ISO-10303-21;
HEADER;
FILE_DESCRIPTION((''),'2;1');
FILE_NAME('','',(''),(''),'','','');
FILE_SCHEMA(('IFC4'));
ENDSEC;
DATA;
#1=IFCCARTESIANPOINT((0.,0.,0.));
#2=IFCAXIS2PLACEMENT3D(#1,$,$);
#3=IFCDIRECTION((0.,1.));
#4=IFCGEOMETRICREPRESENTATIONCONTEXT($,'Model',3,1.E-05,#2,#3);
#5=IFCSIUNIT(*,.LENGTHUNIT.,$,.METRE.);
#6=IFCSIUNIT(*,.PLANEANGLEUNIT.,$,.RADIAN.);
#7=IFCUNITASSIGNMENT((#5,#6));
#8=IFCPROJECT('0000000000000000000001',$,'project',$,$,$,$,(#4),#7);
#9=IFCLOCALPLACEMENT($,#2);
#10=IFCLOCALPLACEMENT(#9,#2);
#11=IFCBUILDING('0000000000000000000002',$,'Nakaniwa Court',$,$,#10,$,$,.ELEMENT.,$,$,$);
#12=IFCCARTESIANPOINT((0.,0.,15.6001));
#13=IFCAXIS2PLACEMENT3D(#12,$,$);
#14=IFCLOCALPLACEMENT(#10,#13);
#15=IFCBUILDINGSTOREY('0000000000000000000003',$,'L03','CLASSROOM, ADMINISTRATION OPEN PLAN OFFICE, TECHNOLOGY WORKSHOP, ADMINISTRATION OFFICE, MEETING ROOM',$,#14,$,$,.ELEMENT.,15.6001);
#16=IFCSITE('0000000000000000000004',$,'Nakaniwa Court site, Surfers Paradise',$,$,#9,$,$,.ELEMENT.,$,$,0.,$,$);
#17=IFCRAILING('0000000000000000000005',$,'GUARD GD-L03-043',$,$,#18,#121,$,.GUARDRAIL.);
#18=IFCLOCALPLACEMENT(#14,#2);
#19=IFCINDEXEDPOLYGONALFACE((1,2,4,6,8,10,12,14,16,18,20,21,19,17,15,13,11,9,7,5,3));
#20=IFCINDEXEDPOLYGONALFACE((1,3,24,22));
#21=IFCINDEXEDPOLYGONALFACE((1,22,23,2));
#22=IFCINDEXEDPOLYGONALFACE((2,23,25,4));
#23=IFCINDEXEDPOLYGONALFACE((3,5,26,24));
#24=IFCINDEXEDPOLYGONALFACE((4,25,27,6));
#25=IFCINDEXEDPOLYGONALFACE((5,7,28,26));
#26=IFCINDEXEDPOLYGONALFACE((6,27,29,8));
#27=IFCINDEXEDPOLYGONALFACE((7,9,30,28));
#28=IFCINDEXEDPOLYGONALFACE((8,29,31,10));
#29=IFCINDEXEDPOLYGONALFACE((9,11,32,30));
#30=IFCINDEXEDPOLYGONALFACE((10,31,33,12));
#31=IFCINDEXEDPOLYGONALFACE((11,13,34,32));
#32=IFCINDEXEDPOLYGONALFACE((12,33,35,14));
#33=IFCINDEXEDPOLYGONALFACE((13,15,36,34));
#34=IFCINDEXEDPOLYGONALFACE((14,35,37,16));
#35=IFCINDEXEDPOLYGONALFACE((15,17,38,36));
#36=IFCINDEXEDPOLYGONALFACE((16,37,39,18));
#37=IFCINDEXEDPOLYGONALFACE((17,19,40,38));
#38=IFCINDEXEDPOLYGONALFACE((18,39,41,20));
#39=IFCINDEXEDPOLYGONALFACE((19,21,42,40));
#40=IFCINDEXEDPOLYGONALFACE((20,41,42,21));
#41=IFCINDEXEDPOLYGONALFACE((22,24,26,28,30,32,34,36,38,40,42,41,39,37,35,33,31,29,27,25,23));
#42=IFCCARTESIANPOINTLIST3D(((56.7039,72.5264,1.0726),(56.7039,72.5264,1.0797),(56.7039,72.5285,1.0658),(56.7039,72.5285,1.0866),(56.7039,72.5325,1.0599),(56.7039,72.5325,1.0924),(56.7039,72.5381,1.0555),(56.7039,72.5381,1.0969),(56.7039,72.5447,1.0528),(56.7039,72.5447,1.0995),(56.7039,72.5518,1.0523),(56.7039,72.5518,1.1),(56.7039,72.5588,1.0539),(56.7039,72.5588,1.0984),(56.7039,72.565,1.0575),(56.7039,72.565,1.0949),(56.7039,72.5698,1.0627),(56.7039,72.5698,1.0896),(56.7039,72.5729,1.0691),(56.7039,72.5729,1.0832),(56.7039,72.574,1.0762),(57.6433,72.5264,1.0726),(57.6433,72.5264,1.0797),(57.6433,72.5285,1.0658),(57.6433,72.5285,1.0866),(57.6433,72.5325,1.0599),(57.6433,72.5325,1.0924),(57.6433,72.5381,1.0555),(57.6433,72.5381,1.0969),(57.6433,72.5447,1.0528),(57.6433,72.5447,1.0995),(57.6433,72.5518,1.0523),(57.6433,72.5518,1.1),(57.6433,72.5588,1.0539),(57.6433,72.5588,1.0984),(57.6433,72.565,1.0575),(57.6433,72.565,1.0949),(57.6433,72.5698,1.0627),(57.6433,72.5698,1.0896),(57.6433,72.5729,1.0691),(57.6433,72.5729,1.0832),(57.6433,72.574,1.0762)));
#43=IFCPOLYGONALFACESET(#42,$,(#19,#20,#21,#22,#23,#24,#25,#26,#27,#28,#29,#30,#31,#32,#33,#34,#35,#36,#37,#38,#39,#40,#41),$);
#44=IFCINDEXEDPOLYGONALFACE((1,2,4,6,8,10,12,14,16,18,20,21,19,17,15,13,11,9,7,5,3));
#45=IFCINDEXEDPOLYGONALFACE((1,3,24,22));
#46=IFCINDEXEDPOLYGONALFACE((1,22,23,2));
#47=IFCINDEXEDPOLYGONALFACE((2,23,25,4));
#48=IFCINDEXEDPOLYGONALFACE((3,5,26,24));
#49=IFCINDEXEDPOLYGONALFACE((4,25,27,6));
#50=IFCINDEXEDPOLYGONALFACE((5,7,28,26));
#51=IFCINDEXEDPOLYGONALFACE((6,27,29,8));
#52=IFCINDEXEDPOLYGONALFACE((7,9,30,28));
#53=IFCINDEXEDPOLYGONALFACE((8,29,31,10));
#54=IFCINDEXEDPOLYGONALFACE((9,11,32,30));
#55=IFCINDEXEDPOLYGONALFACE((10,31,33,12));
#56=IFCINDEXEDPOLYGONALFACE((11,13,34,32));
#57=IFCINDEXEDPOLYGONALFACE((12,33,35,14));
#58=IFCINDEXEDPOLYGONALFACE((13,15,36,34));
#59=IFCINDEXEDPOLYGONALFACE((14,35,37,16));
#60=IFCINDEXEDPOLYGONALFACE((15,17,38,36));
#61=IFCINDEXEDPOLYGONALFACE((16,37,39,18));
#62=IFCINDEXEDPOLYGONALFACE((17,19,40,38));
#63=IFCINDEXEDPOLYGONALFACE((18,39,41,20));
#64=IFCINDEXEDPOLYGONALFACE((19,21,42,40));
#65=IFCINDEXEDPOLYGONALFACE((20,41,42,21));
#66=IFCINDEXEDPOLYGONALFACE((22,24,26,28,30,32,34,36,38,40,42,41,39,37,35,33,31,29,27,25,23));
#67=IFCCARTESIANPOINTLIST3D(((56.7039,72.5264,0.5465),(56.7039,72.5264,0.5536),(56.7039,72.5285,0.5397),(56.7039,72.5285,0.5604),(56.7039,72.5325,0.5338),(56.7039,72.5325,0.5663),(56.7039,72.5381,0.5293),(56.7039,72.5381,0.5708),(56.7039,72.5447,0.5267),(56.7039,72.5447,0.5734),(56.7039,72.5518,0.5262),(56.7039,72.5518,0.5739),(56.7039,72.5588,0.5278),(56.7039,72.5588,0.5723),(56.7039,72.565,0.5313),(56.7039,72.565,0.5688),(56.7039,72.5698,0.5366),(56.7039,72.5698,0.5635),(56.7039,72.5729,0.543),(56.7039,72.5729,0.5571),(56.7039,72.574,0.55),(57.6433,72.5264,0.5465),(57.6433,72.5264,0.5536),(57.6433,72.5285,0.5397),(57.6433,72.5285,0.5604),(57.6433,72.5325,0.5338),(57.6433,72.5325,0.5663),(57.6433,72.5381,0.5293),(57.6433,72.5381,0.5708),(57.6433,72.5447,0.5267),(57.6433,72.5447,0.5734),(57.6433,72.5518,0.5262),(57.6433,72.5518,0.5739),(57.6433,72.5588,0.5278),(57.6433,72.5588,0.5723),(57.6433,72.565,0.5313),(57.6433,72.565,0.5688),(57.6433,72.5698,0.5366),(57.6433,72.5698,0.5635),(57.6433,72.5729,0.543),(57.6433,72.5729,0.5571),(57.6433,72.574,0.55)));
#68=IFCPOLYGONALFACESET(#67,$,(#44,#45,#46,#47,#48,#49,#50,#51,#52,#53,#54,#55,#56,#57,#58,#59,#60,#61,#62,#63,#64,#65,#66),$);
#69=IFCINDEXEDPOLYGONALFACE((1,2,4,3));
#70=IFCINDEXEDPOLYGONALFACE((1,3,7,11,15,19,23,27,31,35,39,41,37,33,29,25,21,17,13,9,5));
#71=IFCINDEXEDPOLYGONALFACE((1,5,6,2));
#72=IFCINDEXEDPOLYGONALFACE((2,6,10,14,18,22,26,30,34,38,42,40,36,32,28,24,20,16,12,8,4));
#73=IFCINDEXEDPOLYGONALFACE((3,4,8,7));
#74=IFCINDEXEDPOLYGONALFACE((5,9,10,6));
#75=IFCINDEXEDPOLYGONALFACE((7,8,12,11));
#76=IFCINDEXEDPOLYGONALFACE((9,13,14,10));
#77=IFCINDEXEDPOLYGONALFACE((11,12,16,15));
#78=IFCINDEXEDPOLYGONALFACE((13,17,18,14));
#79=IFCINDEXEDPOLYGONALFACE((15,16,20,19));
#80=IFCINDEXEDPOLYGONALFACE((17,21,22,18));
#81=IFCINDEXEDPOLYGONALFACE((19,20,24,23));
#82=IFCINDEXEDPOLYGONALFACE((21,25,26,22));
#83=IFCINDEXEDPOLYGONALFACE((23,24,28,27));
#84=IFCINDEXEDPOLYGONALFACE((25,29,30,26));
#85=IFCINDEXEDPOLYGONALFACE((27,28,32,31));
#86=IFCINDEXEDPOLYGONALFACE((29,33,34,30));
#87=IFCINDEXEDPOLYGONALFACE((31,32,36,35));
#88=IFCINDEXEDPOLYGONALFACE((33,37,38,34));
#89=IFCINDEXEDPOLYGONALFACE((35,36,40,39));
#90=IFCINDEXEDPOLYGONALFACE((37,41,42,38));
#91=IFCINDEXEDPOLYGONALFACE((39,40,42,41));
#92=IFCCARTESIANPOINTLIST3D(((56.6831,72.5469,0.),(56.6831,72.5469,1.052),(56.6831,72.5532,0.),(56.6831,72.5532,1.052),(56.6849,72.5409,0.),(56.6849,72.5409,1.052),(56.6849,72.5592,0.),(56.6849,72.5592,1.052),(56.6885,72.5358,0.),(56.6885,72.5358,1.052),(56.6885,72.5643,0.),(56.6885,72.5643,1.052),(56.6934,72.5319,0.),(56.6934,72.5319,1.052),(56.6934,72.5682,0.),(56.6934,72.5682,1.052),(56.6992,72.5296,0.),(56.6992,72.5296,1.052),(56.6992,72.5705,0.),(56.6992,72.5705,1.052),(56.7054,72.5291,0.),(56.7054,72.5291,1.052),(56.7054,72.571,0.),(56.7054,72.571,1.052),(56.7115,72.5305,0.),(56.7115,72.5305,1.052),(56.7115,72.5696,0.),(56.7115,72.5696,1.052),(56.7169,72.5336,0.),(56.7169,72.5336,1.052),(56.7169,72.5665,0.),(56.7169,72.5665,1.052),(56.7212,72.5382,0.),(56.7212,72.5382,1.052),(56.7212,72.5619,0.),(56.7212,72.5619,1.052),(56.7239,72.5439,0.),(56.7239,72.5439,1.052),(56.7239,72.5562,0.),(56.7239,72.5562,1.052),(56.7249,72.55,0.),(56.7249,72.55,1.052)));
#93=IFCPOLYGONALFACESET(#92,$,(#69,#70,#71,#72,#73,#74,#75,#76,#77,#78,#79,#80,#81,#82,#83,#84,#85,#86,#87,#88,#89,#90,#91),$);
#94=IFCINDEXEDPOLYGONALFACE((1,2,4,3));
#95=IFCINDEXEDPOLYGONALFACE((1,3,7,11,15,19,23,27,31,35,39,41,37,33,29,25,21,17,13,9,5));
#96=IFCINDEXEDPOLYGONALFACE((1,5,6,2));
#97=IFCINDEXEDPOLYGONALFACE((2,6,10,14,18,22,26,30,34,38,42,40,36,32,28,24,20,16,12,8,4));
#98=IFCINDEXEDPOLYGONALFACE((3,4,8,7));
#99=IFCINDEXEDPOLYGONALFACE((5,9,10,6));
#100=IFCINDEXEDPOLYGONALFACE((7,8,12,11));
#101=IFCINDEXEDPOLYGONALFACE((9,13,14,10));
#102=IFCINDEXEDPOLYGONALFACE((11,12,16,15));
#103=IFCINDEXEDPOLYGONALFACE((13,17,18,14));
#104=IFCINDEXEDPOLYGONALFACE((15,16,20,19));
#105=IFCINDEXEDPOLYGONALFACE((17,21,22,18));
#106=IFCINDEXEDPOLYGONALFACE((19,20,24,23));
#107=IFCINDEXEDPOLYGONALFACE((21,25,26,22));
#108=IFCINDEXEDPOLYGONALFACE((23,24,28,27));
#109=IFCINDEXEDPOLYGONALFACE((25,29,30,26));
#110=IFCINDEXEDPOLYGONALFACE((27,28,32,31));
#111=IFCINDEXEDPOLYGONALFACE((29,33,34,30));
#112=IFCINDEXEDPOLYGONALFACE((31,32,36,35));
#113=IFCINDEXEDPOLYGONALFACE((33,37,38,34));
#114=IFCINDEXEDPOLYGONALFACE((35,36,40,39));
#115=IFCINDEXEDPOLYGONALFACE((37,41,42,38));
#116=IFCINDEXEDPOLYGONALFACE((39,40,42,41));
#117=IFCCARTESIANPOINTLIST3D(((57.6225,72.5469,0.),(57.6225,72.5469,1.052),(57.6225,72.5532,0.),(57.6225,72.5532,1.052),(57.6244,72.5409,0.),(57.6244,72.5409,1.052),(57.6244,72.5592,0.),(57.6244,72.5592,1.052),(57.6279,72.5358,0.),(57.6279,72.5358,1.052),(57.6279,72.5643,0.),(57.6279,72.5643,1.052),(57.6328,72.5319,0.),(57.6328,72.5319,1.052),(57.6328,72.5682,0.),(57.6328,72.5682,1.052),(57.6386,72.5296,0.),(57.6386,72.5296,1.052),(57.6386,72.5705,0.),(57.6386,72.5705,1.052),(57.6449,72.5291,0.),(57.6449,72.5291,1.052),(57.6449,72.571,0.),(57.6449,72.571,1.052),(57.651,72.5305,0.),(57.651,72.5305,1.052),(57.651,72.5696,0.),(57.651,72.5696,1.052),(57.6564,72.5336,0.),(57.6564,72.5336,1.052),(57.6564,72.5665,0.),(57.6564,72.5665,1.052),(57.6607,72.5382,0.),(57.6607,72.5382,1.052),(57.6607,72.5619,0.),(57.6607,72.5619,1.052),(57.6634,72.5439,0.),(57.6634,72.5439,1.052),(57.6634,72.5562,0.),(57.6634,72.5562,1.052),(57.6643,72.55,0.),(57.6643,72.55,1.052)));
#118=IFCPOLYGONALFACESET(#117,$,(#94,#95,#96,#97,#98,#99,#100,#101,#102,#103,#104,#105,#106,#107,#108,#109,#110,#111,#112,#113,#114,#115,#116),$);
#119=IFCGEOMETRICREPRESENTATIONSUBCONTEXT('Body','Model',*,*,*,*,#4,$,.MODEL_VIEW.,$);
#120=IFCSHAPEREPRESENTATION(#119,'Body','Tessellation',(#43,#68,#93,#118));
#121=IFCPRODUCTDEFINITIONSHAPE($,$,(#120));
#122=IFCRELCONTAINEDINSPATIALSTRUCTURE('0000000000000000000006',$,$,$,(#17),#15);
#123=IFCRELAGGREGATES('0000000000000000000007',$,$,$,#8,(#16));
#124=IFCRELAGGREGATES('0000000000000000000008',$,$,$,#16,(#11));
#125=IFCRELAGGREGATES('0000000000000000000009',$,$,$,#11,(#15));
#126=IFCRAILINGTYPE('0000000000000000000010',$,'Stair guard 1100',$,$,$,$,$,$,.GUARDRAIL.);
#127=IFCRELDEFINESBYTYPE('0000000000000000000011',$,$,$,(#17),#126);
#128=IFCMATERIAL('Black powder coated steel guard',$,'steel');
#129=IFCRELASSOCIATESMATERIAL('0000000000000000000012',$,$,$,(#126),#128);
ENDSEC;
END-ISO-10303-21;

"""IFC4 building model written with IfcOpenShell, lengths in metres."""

from ifc_helpers import new_model, si_unit, direction, frame, origin, origin_2d, place, context, subcontext, project, spatial, circle, extrude, material, type_object, element, save


model = new_model("IFC4")

# Units and contexts
model_context = context("Model", 3, precision=1e-05, world=origin(), true_north=direction((0.0, 1.0)))
body_context = subcontext(model_context, "Body", "Model", "MODEL_VIEW")
ifc_project = project(units=[si_unit("LENGTHUNIT", "METRE"), si_unit("PLANEANGLEUNIT", "RADIAN")], contexts=[model_context])

# Site, building, storey
site_placement = place(None, origin())
site = spatial("IfcSite", under=ifc_project, at=site_placement, Name="Nakaniwa Court site, Surfers Paradise", CompositionType="ELEMENT", RefElevation=0.0)
building_placement = place(site_placement, origin())
building = spatial("IfcBuilding", under=site, at=building_placement, Name="Nakaniwa Court", CompositionType="ELEMENT")
storey_placement = place(building_placement, frame((0.0, 0.0, 15.6001)))
storey = spatial("IfcBuildingStorey", under=building, at=storey_placement, Name="L03", Description="CLASSROOM, ADMINISTRATION OPEN PLAN OFFICE, TECHNOLOGY WORKSHOP, ADMINISTRATION OFFICE, MEETING ROOM", CompositionType="ELEMENT", Elevation=15.6001)

# Railing
ifc_material_1 = material(Name="Black powder coated steel guard", Category="steel")
railing_type_1 = type_object("IfcRailingType", Name="Stair guard 1100", PredefinedType="GUARDRAIL", material=ifc_material_1)
railing_1_placement = place(storey_placement, frame((56.7039, 72.55, 0.0)))
element("IfcRailing", 1, at=railing_1_placement, inside=storey, type_object=railing_type_1, Name="GUARD GD-L03-043", PredefinedType="GUARDRAIL", context=body_context, shape_type="SweptSolid", body=[
    extrude(circle(Radius=0.0239, at=origin_2d()), frame((0.0, 0.0, 1.0762), z_axis=(1.0, 0.0, 0.0), x_axis=(0.0, 1.0, 0.0)), (0.0, 0.0, 1.0), 0.9395),
    extrude(circle(Radius=0.0239, at=origin_2d()), frame((0.0, 0.0, 0.55), z_axis=(1.0, 0.0, 0.0), x_axis=(0.0, 1.0, 0.0)), (0.0, 0.0, 1.0), 0.9395),
    extrude(circle(Radius=0.021, at=origin_2d()), origin(), (0.0, 0.0, 1.0), 1.052),
    extrude(circle(Radius=0.021, at=origin_2d()), frame((0.9395, 0.0, 0.0)), (0.0, 0.0, 1.0), 1.052),
])

save(model, "model.ifc")
